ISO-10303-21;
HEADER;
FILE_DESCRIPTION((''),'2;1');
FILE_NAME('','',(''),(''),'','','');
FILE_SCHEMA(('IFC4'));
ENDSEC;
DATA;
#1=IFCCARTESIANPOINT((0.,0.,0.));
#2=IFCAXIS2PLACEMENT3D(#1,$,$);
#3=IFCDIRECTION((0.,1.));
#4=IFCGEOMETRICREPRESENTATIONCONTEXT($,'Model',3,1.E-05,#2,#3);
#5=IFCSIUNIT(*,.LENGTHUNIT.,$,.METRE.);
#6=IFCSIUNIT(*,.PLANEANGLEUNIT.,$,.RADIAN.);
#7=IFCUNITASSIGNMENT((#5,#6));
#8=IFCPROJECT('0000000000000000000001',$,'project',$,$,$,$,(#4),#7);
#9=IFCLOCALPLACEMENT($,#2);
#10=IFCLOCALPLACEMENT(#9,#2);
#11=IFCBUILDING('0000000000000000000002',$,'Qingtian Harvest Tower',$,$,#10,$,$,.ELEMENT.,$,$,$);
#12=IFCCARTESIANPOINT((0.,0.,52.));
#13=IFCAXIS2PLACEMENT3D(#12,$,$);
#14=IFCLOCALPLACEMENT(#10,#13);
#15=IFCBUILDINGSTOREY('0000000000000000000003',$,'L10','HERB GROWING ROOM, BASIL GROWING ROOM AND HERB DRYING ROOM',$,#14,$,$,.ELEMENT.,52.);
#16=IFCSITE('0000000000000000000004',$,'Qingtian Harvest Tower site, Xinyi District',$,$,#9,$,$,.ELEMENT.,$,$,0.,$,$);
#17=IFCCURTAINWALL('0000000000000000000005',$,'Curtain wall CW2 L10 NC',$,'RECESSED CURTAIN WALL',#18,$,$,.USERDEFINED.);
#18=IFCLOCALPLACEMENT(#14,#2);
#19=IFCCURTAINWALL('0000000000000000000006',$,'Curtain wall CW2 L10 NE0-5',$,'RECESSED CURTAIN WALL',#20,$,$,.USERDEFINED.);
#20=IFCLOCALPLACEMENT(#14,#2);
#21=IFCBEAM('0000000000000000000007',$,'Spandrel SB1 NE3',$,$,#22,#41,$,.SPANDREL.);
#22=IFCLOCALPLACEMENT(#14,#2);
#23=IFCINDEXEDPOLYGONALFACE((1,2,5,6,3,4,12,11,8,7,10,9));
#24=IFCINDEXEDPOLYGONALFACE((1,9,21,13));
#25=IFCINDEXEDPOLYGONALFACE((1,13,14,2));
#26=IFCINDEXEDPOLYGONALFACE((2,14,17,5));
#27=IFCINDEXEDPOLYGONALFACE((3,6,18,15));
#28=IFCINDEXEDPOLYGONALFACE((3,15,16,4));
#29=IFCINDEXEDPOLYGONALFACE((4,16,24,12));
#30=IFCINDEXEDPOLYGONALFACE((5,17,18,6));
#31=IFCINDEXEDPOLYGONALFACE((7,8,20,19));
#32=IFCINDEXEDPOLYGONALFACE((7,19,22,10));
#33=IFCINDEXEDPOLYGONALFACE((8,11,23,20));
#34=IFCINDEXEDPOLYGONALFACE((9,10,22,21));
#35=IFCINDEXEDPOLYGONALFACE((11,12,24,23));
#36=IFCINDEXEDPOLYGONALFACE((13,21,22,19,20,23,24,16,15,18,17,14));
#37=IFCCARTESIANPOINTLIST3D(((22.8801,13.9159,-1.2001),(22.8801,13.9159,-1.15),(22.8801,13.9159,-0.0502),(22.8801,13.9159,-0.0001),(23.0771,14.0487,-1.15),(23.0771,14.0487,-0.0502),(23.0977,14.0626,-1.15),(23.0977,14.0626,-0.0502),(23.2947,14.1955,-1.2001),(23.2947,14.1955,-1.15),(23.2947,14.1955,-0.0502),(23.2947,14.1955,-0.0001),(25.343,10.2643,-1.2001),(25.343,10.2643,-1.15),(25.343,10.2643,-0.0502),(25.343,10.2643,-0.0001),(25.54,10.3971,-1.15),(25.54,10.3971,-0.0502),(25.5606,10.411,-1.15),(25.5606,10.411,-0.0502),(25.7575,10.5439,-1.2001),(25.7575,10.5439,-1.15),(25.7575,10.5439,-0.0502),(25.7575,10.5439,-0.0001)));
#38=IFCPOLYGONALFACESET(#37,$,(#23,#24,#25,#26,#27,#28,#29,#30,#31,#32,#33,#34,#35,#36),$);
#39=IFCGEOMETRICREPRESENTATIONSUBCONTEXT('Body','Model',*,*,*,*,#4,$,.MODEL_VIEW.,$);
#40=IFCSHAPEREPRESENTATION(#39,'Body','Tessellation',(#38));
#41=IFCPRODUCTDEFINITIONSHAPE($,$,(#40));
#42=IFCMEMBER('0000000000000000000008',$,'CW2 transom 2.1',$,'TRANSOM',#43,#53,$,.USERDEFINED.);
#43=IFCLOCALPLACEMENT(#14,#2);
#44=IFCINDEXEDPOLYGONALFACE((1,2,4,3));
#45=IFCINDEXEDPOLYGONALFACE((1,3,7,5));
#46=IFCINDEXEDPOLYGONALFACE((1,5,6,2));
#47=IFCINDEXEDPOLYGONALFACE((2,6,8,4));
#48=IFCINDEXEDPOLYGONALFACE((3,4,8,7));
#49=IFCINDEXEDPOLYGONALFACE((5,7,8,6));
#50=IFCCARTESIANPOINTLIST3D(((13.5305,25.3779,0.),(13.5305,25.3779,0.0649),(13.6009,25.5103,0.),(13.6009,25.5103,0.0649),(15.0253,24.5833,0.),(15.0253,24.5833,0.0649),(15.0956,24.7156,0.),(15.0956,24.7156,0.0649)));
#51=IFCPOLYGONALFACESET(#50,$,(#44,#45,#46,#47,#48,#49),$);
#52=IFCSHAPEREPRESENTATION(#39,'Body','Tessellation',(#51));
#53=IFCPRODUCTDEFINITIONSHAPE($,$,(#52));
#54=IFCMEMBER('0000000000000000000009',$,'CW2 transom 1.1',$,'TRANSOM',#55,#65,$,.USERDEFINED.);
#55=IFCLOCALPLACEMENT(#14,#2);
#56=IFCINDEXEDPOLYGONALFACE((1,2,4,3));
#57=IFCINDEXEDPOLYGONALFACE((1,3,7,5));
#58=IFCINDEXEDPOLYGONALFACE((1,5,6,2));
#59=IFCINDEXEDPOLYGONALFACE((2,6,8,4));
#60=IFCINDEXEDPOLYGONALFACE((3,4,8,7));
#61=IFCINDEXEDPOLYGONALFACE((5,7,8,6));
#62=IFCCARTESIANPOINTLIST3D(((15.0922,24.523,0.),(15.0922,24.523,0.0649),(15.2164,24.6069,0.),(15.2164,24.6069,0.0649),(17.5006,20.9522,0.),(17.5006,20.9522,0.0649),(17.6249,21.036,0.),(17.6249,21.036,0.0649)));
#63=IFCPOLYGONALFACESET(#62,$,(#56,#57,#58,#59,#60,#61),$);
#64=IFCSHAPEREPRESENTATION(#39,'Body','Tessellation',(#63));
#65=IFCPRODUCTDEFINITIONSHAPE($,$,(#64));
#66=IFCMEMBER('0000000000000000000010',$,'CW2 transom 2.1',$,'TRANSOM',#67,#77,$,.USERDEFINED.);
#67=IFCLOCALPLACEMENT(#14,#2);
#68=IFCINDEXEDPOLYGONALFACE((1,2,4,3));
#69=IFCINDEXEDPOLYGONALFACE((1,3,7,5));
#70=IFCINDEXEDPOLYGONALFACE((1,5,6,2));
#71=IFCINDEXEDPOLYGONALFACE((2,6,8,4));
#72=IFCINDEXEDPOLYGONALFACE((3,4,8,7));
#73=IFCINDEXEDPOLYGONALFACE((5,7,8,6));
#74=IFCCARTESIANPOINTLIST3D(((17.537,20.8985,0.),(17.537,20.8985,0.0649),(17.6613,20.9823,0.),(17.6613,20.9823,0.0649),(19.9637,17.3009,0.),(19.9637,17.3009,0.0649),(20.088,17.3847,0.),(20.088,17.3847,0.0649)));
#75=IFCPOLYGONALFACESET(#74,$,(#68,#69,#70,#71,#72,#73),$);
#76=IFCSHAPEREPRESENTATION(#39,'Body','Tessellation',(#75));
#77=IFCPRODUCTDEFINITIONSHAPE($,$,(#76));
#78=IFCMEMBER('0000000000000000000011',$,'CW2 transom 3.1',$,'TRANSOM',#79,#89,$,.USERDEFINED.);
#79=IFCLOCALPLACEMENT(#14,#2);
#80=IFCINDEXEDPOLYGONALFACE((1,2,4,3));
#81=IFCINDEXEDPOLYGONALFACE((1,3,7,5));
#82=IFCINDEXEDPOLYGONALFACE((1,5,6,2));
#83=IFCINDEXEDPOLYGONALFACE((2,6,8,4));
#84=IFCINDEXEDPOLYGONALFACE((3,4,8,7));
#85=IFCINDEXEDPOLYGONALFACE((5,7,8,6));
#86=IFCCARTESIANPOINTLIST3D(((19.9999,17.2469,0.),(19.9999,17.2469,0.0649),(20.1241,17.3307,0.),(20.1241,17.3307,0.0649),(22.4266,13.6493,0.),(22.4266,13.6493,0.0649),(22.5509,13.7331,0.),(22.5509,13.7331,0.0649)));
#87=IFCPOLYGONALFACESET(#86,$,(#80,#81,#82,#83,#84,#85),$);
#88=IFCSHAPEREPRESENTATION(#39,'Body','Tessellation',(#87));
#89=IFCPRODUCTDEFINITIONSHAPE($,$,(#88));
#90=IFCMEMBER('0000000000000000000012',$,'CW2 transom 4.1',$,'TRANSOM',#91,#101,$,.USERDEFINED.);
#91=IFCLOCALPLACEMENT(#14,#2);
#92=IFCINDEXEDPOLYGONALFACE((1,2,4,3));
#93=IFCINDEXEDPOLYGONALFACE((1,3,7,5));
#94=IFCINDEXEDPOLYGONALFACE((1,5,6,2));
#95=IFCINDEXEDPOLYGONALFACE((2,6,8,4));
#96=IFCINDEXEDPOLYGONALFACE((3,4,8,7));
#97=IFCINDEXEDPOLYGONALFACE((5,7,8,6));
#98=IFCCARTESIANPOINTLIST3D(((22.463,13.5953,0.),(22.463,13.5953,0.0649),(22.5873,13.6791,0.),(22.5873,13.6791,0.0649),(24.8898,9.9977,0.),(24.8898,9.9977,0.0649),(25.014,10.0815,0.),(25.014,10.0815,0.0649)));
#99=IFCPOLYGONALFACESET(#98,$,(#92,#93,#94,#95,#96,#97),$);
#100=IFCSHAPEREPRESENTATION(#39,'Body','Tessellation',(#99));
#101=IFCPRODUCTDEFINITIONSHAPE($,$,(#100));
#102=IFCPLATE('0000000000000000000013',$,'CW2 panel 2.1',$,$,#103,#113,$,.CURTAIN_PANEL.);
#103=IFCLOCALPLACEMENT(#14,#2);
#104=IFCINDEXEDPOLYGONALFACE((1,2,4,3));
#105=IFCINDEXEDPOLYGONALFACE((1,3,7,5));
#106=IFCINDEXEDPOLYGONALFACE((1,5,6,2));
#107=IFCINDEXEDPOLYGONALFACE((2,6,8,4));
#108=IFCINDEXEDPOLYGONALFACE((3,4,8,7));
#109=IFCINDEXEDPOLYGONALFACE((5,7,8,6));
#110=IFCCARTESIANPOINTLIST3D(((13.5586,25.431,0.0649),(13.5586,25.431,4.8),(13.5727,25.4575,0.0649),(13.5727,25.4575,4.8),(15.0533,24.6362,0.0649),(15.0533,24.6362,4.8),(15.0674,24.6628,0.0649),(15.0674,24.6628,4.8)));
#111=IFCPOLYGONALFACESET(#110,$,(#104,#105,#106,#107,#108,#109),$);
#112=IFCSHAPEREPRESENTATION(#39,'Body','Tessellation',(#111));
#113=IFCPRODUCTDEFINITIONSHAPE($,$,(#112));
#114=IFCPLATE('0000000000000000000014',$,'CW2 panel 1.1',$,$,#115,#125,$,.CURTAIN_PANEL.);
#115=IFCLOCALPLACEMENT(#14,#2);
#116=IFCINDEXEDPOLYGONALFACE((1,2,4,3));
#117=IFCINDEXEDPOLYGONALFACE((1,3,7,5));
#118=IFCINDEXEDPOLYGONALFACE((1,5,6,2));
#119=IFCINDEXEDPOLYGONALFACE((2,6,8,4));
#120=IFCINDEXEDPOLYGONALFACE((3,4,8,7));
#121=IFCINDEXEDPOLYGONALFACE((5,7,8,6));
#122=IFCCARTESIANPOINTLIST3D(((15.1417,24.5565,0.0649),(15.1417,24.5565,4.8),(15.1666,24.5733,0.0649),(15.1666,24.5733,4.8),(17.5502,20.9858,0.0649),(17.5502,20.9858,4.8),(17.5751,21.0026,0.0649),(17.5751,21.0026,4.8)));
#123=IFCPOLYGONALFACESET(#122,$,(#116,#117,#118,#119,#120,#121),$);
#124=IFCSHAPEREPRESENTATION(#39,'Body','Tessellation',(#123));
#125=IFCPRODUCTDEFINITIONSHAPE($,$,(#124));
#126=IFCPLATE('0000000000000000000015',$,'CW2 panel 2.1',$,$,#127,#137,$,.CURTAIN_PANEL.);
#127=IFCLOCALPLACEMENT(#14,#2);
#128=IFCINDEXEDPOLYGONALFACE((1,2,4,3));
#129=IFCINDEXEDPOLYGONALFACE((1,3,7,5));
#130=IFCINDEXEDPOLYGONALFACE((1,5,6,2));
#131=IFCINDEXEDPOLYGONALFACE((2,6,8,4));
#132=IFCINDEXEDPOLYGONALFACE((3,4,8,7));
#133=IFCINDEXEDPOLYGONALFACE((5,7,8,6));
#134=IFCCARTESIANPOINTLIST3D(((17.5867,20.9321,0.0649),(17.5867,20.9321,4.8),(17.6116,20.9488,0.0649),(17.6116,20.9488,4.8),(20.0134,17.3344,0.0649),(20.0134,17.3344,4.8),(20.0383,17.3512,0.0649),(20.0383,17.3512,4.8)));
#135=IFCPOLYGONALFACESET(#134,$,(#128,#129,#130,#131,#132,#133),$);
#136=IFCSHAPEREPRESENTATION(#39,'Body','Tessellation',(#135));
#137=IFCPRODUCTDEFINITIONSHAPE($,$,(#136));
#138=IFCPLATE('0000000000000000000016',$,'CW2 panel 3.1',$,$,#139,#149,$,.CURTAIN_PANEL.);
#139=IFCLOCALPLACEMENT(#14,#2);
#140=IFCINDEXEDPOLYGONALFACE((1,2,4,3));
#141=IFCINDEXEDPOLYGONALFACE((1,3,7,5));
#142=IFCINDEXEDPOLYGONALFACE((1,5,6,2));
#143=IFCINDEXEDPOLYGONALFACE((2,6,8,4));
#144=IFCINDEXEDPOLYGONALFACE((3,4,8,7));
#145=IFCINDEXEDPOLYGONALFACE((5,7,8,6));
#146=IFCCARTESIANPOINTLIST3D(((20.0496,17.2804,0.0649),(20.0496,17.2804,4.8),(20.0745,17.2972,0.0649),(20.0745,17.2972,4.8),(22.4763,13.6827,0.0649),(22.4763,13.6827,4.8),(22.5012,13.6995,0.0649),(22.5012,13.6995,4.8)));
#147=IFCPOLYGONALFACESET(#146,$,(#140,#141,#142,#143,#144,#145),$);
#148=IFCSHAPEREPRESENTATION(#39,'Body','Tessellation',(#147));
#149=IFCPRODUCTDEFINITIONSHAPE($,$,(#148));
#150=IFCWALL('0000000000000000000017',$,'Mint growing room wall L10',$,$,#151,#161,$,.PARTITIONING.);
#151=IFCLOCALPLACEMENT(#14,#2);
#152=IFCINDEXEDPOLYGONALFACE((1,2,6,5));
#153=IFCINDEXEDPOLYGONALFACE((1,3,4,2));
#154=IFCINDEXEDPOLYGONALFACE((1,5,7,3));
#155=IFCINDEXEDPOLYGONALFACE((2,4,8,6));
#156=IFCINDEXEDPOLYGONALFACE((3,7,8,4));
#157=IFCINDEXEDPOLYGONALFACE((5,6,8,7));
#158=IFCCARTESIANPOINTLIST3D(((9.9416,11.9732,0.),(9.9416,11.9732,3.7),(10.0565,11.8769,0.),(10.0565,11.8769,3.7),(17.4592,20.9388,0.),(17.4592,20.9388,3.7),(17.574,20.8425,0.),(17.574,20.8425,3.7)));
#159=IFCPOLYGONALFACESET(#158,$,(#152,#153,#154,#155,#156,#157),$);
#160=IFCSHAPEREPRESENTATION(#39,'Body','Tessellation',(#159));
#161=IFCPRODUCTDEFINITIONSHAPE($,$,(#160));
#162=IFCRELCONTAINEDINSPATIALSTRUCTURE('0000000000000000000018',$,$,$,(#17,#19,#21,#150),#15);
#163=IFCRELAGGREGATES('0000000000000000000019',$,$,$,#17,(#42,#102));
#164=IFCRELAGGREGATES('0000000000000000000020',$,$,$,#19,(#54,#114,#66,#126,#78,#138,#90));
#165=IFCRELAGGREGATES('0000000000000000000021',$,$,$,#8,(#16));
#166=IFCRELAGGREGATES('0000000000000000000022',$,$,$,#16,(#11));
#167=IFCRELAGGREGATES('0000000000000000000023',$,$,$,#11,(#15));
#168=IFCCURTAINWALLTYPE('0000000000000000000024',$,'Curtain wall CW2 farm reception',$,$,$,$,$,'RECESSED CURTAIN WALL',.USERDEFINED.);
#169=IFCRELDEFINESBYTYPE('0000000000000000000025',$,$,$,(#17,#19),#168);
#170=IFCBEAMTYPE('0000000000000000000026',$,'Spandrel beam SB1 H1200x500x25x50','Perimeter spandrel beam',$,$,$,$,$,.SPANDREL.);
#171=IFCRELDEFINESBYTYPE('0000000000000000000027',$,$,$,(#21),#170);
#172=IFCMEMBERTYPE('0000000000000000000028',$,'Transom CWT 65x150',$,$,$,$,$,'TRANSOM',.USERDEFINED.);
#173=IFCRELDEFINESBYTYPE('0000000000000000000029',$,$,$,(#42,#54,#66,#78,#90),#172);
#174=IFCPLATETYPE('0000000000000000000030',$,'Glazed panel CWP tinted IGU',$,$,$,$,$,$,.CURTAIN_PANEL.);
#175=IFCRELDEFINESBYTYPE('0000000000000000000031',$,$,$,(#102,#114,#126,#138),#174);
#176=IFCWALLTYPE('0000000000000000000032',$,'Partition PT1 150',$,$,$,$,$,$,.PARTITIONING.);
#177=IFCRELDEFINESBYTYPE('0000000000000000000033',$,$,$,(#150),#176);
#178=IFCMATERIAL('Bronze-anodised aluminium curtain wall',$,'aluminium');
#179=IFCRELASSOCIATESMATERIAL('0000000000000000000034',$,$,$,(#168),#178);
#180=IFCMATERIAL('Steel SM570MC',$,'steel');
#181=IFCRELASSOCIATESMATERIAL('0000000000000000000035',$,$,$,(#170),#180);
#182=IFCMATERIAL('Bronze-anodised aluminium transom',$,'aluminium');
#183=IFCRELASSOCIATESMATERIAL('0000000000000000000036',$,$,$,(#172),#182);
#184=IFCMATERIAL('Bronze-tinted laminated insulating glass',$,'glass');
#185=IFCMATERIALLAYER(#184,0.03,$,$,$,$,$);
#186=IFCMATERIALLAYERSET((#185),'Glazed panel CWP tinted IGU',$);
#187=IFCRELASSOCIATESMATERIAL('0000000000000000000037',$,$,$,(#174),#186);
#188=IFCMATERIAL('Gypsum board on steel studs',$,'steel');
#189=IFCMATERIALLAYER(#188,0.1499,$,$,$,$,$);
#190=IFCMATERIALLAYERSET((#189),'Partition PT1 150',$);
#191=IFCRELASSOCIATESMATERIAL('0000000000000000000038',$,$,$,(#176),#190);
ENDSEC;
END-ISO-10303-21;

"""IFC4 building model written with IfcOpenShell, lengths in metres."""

from ifc_helpers import new_model, si_unit, direction, frame, frame_2d, origin, origin_2d, place, context, subcontext, project, spatial, rectangle, i_section, extrude, material, layer, layer_set, material_profile, profile_set, type_object, element, aggregate, save


model = new_model("IFC4")

# Units and contexts
model_context = context("Model", 3, precision=1e-05, world=origin(), true_north=direction((0.0, 1.0)))
body_context = subcontext(model_context, "Body", "Model", "MODEL_VIEW")
ifc_project = project(units=[si_unit("LENGTHUNIT", "METRE"), si_unit("PLANEANGLEUNIT", "RADIAN")], contexts=[model_context])

# Site, building, storey
site_placement = place(None, origin())
site = spatial("IfcSite", under=ifc_project, at=site_placement, Name="Qingtian Harvest Tower site, Xinyi District", CompositionType="ELEMENT", RefElevation=0.0)
building_placement = place(site_placement, origin())
building = spatial("IfcBuilding", under=site, at=building_placement, Name="Qingtian Harvest Tower", CompositionType="ELEMENT")
storey_placement = place(building_placement, frame((0.0, 0.0, 52.0)))
storey = spatial("IfcBuildingStorey", under=building, at=storey_placement, Name="L10", Description="HERB GROWING ROOM, BASIL GROWING ROOM AND HERB DRYING ROOM", CompositionType="ELEMENT", Elevation=52.0)

# Curtain wall
ifc_material_1 = material(Name="Bronze-anodised aluminium curtain wall", Category="aluminium")
curtain_wall_type = type_object("IfcCurtainWallType", Name="Curtain wall CW2 farm reception", ElementType="RECESSED CURTAIN WALL", PredefinedType="USERDEFINED", material=ifc_material_1)
curtain_wall_1_placement = place(storey_placement, origin())
curtain_wall_1 = element("IfcCurtainWall", 1, at=curtain_wall_1_placement, inside=storey, type_object=curtain_wall_type, Name="Curtain wall CW2 L10 NC", ObjectType="RECESSED CURTAIN WALL", PredefinedType="USERDEFINED")

# Curtain wall
curtain_wall_2_placement = place(storey_placement, origin())
curtain_wall_2 = element("IfcCurtainWall", 2, at=curtain_wall_2_placement, inside=storey, type_object=curtain_wall_type, Name="Curtain wall CW2 L10 NE0-5", ObjectType="RECESSED CURTAIN WALL", PredefinedType="USERDEFINED")

# Beam
ifc_material_2 = material(Name="Steel SM570MC", Category="steel")
ifc_material_profile_1 = material_profile(ifc_material_2, i_section(OverallWidth=0.5, OverallDepth=1.2, WebThickness=0.0249, FlangeThickness=0.05, at=origin_2d()), Name="H1200x500x25x50")
ifc_profile_set_1 = profile_set([ifc_material_profile_1], Name="Steel SM570MC")
beam_type_1 = type_object("IfcBeamType", Name="Spandrel beam SB1 H1200x500x25x50", Description="Perimeter spandrel beam", PredefinedType="SPANDREL", material=ifc_profile_set_1)
for number, where, z_axis, x_axis, name in (
    (3, (23.0874, 14.0557, -0.6001), (0.559169, -0.829054, 0.0), (0.829054, 0.559169, 0.0), "Spandrel SB1 NE3"),
):
    element("IfcBeam", number, at=place(storey_placement, frame(where, z_axis=z_axis, x_axis=x_axis)), inside=storey, type_object=beam_type_1, Name=name, PredefinedType="SPANDREL", context=body_context, shape_type="SweptSolid", body=[
        extrude(i_section(OverallWidth=0.5, OverallDepth=1.2, WebThickness=0.0249, FlangeThickness=0.05, at=origin_2d()), origin(), (0.0, 0.0, 1.0), 4.4045),
    ])

# Members
ifc_material_3 = material(Name="Bronze-anodised aluminium transom", Category="aluminium")
ifc_material_profile_2 = material_profile(ifc_material_3, rectangle(XDim=0.1499, YDim=0.0649, at=origin_2d()), Name="AL 65x150")
ifc_profile_set_2 = profile_set([ifc_material_profile_2], Name="Bronze-anodised aluminium transom")
member_type_1 = type_object("IfcMemberType", Name="Transom CWT 65x150", ElementType="TRANSOM", PredefinedType="USERDEFINED", material=ifc_profile_set_2)
member_1_placement = place(storey_placement, frame((13.5657, 25.4441, 0.0325), z_axis=(0.882987, -0.469398, 0.0), x_axis=(0.469398, 0.882987, 0.0)))
member_1 = element("IfcMember", 4, at=member_1_placement, type_object=member_type_1, Name="CW2 transom 2.1", ObjectType="TRANSOM", PredefinedType="USERDEFINED", context=body_context, shape_type="SweptSolid", body=[
    extrude(rectangle(XDim=0.1499, YDim=0.0649, at=origin_2d()), origin(), (0.0, 0.0, 1.0), 1.6929),
])
member_2_placement = place(storey_placement, frame((15.1543, 24.5649, 0.0325), z_axis=(0.559179, -0.829047, 0.0), x_axis=(0.829047, 0.559179, 0.0)))
member_2 = element("IfcMember", 5, at=member_2_placement, type_object=member_type_1, Name="CW2 transom 1.1", ObjectType="TRANSOM", PredefinedType="USERDEFINED", context=body_context, shape_type="SweptSolid", body=[
    extrude(rectangle(XDim=0.1499, YDim=0.0649, at=origin_2d()), origin(), (0.0, 0.0, 1.0), 4.3071),
])
member_3_placement = place(storey_placement, frame((17.5991, 20.9404, 0.0325), z_axis=(0.55921, -0.829026, 0.0), x_axis=(0.829026, 0.55921, 0.0)))
member_3 = element("IfcMember", 6, at=member_3_placement, type_object=member_type_1, Name="CW2 transom 2.1", ObjectType="TRANSOM", PredefinedType="USERDEFINED", context=body_context, shape_type="SweptSolid", body=[
    extrude(rectangle(XDim=0.1499, YDim=0.0649, at=origin_2d()), origin(), (0.0, 0.0, 1.0), 4.3396),
])
member_4_placement = place(storey_placement, frame((20.062, 17.2888, 0.0325), z_axis=(0.55921, -0.829026, 0.0), x_axis=(0.829026, 0.55921, 0.0)))
member_4 = element("IfcMember", 7, at=member_4_placement, type_object=member_type_1, Name="CW2 transom 3.1", ObjectType="TRANSOM", PredefinedType="USERDEFINED", context=body_context, shape_type="SweptSolid", body=[
    extrude(rectangle(XDim=0.1499, YDim=0.0649, at=origin_2d()), origin(), (0.0, 0.0, 1.0), 4.3396),
])
member_5_placement = place(storey_placement, frame((22.5251, 13.6372, 0.0325), z_axis=(0.55921, -0.829026, 0.0), x_axis=(0.829026, 0.55921, 0.0)))
member_5 = element("IfcMember", 8, at=member_5_placement, type_object=member_type_1, Name="CW2 transom 4.1", ObjectType="TRANSOM", PredefinedType="USERDEFINED", context=body_context, shape_type="SweptSolid", body=[
    extrude(rectangle(XDim=0.1499, YDim=0.0649, at=origin_2d()), origin(), (0.0, 0.0, 1.0), 4.3396),
])

# Plates
ifc_material_4 = material(Name="Bronze-tinted laminated insulating glass", Category="glass")
ifc_layer_1 = layer(ifc_material_4, 0.03)
ifc_layer_set_1 = layer_set([ifc_layer_1], Name="Glazed panel CWP tinted IGU")
plate_type = type_object("IfcPlateType", Name="Glazed panel CWP tinted IGU", PredefinedType="CURTAIN_PANEL", material=ifc_layer_set_1)
plate_1_placement = place(storey_placement, frame((14.313, 25.0469, 0.0649), z_axis=(0.0, 0.0, 1.0), x_axis=(0.882948, -0.469472, 0.0)))
plate_1 = element("IfcPlate", 9, at=plate_1_placement, type_object=plate_type, Name="CW2 panel 2.1", PredefinedType="CURTAIN_PANEL", context=body_context, shape_type="SweptSolid", body=[
    extrude(rectangle(XDim=1.6929, YDim=0.03, at=origin_2d()), origin(), (0.0, 0.0, 1.0), 4.7351),
])
aggregate(curtain_wall_1, [member_1, plate_1])
plate_2_placement = place(storey_placement, frame((16.3584, 22.7795, 0.0649), z_axis=(0.0, 0.0, 1.0), x_axis=(0.559193, -0.829038, 0.0)))
plate_2 = element("IfcPlate", 10, at=plate_2_placement, type_object=plate_type, Name="CW2 panel 1.1", PredefinedType="CURTAIN_PANEL", context=body_context, shape_type="SweptSolid", body=[
    extrude(rectangle(XDim=4.3071, YDim=0.03, at=origin_2d()), origin(), (0.0, 0.0, 1.0), 4.7351),
])
plate_3_placement = place(storey_placement, frame((18.8125, 19.1416, 0.0649), z_axis=(0.0, 0.0, 1.0), x_axis=(0.559193, -0.829038, 0.0)))
plate_3 = element("IfcPlate", 11, at=plate_3_placement, type_object=plate_type, Name="CW2 panel 2.1", PredefinedType="CURTAIN_PANEL", context=body_context, shape_type="SweptSolid", body=[
    extrude(rectangle(XDim=4.3396, YDim=0.03, at=origin_2d()), origin(), (0.0, 0.0, 1.0), 4.7351),
])
plate_4_placement = place(storey_placement, frame((21.2754, 15.49, 0.0649), z_axis=(0.0, 0.0, 1.0), x_axis=(0.559193, -0.829038, 0.0)))
plate_4 = element("IfcPlate", 12, at=plate_4_placement, type_object=plate_type, Name="CW2 panel 3.1", PredefinedType="CURTAIN_PANEL", context=body_context, shape_type="SweptSolid", body=[
    extrude(rectangle(XDim=4.3396, YDim=0.03, at=origin_2d()), origin(), (0.0, 0.0, 1.0), 4.7351),
])
aggregate(curtain_wall_2, [member_2, plate_2, member_3, plate_3, member_4, plate_4, member_5])

# Wall
ifc_material_5 = material(Name="Gypsum board on steel studs", Category="steel")
ifc_layer_2 = layer(ifc_material_5, 0.1499)
ifc_layer_set_2 = layer_set([ifc_layer_2], Name="Partition PT1 150")
wall_type = type_object("IfcWallType", Name="Partition PT1 150", PredefinedType="PARTITIONING", material=ifc_layer_set_2)
wall_placement = place(storey_placement, frame((17.5166, 20.8906, 0.0), z_axis=(0.0, 0.0, 1.0), x_axis=(-0.642515, -0.766273, 0.0)))
element("IfcWall", 13, at=wall_placement, inside=storey, type_object=wall_type, Name="Mint growing room wall L10", PredefinedType="PARTITIONING", context=body_context, shape_type="SweptSolid", body=[
    extrude(rectangle(XDim=11.7002, YDim=0.1499, at=frame_2d((5.8501, 0.0))), origin(), (0.0, 0.0, 1.0), 3.7),
])

save(model, "model.ifc")
